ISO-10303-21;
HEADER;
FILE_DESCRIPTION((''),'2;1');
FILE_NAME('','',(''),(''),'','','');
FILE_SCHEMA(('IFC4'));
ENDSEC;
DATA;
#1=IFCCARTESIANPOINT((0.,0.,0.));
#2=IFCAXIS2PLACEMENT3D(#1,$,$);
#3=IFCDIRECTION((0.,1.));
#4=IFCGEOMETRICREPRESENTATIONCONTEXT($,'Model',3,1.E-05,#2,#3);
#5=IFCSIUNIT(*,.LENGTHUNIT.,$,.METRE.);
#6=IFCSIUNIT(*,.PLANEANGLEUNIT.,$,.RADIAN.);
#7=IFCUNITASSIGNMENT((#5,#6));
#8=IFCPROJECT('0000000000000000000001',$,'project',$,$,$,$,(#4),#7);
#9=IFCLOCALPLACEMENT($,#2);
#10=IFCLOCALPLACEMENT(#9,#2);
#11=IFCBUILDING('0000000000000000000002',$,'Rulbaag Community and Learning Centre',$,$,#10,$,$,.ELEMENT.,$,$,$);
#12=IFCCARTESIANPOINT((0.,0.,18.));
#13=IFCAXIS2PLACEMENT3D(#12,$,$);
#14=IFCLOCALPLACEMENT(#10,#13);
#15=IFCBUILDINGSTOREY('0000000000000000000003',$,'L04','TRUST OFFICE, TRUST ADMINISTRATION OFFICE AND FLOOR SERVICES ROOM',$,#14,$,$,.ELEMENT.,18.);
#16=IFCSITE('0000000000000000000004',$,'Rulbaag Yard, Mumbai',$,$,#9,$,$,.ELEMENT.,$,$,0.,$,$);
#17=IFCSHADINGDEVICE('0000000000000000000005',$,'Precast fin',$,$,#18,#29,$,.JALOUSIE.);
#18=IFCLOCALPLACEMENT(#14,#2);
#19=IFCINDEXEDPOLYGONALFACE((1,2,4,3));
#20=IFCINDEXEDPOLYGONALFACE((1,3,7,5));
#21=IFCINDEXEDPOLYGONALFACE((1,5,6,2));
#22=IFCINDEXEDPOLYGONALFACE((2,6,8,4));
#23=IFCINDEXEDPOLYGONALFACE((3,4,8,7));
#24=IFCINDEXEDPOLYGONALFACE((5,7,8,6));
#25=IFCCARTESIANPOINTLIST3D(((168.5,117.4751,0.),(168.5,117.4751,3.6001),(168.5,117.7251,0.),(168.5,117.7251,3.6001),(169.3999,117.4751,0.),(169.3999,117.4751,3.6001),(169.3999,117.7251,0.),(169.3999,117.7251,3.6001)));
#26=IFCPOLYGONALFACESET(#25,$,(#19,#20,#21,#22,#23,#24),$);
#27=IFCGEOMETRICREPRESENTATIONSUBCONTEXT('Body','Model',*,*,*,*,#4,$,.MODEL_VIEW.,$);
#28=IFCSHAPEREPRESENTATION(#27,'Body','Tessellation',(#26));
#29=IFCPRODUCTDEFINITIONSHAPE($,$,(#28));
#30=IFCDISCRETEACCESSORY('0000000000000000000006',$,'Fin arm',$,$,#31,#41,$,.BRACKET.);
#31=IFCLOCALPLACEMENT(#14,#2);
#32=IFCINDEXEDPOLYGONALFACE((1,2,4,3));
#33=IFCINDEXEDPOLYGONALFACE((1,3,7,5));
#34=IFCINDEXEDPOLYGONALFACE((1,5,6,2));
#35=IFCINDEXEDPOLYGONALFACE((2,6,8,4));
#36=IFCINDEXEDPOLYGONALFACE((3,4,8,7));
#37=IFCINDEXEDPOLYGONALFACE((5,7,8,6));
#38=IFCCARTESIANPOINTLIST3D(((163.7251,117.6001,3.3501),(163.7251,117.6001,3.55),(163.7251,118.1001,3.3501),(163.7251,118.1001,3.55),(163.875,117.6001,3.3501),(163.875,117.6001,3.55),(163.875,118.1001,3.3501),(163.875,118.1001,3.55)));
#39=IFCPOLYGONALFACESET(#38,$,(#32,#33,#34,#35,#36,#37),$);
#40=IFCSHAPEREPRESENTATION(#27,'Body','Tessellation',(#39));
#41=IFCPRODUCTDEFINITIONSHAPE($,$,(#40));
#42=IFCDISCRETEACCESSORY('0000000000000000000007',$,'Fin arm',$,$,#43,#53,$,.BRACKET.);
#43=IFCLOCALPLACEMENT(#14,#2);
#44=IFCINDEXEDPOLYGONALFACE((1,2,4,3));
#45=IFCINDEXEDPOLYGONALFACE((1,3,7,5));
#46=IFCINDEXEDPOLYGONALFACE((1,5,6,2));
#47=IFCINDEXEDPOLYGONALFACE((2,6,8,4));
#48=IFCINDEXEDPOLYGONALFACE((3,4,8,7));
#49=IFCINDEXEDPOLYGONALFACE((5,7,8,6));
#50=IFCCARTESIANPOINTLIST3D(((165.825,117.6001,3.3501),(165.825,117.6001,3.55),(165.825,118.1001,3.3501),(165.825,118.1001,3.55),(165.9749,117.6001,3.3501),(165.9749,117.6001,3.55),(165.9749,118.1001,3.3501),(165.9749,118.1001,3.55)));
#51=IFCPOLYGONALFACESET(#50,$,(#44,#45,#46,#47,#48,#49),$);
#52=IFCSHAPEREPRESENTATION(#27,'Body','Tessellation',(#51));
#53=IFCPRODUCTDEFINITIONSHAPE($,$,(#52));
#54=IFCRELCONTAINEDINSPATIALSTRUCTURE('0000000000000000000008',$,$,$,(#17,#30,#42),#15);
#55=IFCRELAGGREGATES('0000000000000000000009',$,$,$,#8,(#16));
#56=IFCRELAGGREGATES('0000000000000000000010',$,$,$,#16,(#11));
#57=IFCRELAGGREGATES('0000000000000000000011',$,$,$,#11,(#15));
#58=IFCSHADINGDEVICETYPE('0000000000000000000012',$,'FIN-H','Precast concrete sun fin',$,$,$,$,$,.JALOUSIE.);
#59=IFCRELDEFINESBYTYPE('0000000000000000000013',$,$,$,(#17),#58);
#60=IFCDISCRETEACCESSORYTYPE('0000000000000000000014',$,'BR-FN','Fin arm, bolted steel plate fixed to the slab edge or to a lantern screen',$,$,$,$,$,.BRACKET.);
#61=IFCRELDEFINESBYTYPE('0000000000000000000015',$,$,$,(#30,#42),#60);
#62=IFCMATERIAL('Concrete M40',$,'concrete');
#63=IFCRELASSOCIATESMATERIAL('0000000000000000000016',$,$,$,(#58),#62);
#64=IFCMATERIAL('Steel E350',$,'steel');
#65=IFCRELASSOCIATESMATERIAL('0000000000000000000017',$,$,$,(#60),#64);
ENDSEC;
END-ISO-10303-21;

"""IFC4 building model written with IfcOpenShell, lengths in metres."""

from ifc_helpers import new_model, si_unit, direction, frame, origin, origin_2d, place, context, subcontext, project, spatial, rectangle, extrude, material, material_profile, profile_set, type_object, element, save


model = new_model("IFC4")

# Units and contexts
model_context = context("Model", 3, precision=1e-05, world=origin(), true_north=direction((0.0, 1.0)))
body_context = subcontext(model_context, "Body", "Model", "MODEL_VIEW")
ifc_project = project(units=[si_unit("LENGTHUNIT", "METRE"), si_unit("PLANEANGLEUNIT", "RADIAN")], contexts=[model_context])

# Site, building, storey
site_placement = place(None, origin())
site = spatial("IfcSite", under=ifc_project, at=site_placement, Name="Rulbaag Yard, Mumbai", CompositionType="ELEMENT", RefElevation=0.0)
building_placement = place(site_placement, origin())
building = spatial("IfcBuilding", under=site, at=building_placement, Name="Rulbaag Community and Learning Centre", CompositionType="ELEMENT")
storey_placement = place(building_placement, frame((0.0, 0.0, 18.0)))
storey = spatial("IfcBuildingStorey", under=building, at=storey_placement, Name="L04", Description="TRUST OFFICE, TRUST ADMINISTRATION OFFICE AND FLOOR SERVICES ROOM", CompositionType="ELEMENT", Elevation=18.0)

# Shading device
ifc_material_1 = material(Name="Concrete M40", Category="concrete")
ifc_material_profile_1 = material_profile(ifc_material_1, rectangle(XDim=0.25, YDim=0.8999, at=origin_2d()), Name="PC 250x900")
ifc_profile_set_1 = profile_set([ifc_material_profile_1], Name="Concrete M40")
shading_device_type = type_object("IfcShadingDeviceType", Name="FIN-H", Description="Precast concrete sun fin", PredefinedType="JALOUSIE", material=ifc_profile_set_1)
for number, where, z_axis, x_axis, name in (
    (1, (168.95, 117.6001, 0.0), (0.0, 0.0, 1.0), (0.0, 1.0, 0.0), "Precast fin"),
):
    element("IfcShadingDevice", number, at=place(storey_placement, frame(where, z_axis=z_axis, x_axis=x_axis)), inside=storey, type_object=shading_device_type, Name=name, PredefinedType="JALOUSIE", context=body_context, shape_type="SweptSolid", body=[
        extrude(rectangle(XDim=0.25, YDim=0.8999, at=origin_2d()), origin(), (0.0, 0.0, 1.0), 3.6001),
    ])

# Discrete accessories
ifc_material_2 = material(Name="Steel E350", Category="steel")
discrete_accessory_type = type_object("IfcDiscreteAccessoryType", Name="BR-FN", Description="Fin arm, bolted steel plate fixed to the slab edge or to a lantern screen", PredefinedType="BRACKET", material=ifc_material_2)
for number, where, z_axis, x_axis, name in (
    (2, (163.8, 117.8501, 3.3501), (0.0, 0.0, 1.0), (1.0, 0.0, 0.0), "Fin arm"),
    (3, (165.8999, 117.8501, 3.3501), (0.0, 0.0, 1.0), (1.0, 0.0, 0.0), "Fin arm"),
):
    element("IfcDiscreteAccessory", number, at=place(storey_placement, frame(where, z_axis=z_axis, x_axis=x_axis)), inside=storey, type_object=discrete_accessory_type, Name=name, PredefinedType="BRACKET", context=body_context, shape_type="SweptSolid", body=[
        extrude(rectangle(XDim=0.1499, YDim=0.5, at=origin_2d()), origin(), (0.0, 0.0, 1.0), 0.2),
    ])

save(model, "model.ifc")
